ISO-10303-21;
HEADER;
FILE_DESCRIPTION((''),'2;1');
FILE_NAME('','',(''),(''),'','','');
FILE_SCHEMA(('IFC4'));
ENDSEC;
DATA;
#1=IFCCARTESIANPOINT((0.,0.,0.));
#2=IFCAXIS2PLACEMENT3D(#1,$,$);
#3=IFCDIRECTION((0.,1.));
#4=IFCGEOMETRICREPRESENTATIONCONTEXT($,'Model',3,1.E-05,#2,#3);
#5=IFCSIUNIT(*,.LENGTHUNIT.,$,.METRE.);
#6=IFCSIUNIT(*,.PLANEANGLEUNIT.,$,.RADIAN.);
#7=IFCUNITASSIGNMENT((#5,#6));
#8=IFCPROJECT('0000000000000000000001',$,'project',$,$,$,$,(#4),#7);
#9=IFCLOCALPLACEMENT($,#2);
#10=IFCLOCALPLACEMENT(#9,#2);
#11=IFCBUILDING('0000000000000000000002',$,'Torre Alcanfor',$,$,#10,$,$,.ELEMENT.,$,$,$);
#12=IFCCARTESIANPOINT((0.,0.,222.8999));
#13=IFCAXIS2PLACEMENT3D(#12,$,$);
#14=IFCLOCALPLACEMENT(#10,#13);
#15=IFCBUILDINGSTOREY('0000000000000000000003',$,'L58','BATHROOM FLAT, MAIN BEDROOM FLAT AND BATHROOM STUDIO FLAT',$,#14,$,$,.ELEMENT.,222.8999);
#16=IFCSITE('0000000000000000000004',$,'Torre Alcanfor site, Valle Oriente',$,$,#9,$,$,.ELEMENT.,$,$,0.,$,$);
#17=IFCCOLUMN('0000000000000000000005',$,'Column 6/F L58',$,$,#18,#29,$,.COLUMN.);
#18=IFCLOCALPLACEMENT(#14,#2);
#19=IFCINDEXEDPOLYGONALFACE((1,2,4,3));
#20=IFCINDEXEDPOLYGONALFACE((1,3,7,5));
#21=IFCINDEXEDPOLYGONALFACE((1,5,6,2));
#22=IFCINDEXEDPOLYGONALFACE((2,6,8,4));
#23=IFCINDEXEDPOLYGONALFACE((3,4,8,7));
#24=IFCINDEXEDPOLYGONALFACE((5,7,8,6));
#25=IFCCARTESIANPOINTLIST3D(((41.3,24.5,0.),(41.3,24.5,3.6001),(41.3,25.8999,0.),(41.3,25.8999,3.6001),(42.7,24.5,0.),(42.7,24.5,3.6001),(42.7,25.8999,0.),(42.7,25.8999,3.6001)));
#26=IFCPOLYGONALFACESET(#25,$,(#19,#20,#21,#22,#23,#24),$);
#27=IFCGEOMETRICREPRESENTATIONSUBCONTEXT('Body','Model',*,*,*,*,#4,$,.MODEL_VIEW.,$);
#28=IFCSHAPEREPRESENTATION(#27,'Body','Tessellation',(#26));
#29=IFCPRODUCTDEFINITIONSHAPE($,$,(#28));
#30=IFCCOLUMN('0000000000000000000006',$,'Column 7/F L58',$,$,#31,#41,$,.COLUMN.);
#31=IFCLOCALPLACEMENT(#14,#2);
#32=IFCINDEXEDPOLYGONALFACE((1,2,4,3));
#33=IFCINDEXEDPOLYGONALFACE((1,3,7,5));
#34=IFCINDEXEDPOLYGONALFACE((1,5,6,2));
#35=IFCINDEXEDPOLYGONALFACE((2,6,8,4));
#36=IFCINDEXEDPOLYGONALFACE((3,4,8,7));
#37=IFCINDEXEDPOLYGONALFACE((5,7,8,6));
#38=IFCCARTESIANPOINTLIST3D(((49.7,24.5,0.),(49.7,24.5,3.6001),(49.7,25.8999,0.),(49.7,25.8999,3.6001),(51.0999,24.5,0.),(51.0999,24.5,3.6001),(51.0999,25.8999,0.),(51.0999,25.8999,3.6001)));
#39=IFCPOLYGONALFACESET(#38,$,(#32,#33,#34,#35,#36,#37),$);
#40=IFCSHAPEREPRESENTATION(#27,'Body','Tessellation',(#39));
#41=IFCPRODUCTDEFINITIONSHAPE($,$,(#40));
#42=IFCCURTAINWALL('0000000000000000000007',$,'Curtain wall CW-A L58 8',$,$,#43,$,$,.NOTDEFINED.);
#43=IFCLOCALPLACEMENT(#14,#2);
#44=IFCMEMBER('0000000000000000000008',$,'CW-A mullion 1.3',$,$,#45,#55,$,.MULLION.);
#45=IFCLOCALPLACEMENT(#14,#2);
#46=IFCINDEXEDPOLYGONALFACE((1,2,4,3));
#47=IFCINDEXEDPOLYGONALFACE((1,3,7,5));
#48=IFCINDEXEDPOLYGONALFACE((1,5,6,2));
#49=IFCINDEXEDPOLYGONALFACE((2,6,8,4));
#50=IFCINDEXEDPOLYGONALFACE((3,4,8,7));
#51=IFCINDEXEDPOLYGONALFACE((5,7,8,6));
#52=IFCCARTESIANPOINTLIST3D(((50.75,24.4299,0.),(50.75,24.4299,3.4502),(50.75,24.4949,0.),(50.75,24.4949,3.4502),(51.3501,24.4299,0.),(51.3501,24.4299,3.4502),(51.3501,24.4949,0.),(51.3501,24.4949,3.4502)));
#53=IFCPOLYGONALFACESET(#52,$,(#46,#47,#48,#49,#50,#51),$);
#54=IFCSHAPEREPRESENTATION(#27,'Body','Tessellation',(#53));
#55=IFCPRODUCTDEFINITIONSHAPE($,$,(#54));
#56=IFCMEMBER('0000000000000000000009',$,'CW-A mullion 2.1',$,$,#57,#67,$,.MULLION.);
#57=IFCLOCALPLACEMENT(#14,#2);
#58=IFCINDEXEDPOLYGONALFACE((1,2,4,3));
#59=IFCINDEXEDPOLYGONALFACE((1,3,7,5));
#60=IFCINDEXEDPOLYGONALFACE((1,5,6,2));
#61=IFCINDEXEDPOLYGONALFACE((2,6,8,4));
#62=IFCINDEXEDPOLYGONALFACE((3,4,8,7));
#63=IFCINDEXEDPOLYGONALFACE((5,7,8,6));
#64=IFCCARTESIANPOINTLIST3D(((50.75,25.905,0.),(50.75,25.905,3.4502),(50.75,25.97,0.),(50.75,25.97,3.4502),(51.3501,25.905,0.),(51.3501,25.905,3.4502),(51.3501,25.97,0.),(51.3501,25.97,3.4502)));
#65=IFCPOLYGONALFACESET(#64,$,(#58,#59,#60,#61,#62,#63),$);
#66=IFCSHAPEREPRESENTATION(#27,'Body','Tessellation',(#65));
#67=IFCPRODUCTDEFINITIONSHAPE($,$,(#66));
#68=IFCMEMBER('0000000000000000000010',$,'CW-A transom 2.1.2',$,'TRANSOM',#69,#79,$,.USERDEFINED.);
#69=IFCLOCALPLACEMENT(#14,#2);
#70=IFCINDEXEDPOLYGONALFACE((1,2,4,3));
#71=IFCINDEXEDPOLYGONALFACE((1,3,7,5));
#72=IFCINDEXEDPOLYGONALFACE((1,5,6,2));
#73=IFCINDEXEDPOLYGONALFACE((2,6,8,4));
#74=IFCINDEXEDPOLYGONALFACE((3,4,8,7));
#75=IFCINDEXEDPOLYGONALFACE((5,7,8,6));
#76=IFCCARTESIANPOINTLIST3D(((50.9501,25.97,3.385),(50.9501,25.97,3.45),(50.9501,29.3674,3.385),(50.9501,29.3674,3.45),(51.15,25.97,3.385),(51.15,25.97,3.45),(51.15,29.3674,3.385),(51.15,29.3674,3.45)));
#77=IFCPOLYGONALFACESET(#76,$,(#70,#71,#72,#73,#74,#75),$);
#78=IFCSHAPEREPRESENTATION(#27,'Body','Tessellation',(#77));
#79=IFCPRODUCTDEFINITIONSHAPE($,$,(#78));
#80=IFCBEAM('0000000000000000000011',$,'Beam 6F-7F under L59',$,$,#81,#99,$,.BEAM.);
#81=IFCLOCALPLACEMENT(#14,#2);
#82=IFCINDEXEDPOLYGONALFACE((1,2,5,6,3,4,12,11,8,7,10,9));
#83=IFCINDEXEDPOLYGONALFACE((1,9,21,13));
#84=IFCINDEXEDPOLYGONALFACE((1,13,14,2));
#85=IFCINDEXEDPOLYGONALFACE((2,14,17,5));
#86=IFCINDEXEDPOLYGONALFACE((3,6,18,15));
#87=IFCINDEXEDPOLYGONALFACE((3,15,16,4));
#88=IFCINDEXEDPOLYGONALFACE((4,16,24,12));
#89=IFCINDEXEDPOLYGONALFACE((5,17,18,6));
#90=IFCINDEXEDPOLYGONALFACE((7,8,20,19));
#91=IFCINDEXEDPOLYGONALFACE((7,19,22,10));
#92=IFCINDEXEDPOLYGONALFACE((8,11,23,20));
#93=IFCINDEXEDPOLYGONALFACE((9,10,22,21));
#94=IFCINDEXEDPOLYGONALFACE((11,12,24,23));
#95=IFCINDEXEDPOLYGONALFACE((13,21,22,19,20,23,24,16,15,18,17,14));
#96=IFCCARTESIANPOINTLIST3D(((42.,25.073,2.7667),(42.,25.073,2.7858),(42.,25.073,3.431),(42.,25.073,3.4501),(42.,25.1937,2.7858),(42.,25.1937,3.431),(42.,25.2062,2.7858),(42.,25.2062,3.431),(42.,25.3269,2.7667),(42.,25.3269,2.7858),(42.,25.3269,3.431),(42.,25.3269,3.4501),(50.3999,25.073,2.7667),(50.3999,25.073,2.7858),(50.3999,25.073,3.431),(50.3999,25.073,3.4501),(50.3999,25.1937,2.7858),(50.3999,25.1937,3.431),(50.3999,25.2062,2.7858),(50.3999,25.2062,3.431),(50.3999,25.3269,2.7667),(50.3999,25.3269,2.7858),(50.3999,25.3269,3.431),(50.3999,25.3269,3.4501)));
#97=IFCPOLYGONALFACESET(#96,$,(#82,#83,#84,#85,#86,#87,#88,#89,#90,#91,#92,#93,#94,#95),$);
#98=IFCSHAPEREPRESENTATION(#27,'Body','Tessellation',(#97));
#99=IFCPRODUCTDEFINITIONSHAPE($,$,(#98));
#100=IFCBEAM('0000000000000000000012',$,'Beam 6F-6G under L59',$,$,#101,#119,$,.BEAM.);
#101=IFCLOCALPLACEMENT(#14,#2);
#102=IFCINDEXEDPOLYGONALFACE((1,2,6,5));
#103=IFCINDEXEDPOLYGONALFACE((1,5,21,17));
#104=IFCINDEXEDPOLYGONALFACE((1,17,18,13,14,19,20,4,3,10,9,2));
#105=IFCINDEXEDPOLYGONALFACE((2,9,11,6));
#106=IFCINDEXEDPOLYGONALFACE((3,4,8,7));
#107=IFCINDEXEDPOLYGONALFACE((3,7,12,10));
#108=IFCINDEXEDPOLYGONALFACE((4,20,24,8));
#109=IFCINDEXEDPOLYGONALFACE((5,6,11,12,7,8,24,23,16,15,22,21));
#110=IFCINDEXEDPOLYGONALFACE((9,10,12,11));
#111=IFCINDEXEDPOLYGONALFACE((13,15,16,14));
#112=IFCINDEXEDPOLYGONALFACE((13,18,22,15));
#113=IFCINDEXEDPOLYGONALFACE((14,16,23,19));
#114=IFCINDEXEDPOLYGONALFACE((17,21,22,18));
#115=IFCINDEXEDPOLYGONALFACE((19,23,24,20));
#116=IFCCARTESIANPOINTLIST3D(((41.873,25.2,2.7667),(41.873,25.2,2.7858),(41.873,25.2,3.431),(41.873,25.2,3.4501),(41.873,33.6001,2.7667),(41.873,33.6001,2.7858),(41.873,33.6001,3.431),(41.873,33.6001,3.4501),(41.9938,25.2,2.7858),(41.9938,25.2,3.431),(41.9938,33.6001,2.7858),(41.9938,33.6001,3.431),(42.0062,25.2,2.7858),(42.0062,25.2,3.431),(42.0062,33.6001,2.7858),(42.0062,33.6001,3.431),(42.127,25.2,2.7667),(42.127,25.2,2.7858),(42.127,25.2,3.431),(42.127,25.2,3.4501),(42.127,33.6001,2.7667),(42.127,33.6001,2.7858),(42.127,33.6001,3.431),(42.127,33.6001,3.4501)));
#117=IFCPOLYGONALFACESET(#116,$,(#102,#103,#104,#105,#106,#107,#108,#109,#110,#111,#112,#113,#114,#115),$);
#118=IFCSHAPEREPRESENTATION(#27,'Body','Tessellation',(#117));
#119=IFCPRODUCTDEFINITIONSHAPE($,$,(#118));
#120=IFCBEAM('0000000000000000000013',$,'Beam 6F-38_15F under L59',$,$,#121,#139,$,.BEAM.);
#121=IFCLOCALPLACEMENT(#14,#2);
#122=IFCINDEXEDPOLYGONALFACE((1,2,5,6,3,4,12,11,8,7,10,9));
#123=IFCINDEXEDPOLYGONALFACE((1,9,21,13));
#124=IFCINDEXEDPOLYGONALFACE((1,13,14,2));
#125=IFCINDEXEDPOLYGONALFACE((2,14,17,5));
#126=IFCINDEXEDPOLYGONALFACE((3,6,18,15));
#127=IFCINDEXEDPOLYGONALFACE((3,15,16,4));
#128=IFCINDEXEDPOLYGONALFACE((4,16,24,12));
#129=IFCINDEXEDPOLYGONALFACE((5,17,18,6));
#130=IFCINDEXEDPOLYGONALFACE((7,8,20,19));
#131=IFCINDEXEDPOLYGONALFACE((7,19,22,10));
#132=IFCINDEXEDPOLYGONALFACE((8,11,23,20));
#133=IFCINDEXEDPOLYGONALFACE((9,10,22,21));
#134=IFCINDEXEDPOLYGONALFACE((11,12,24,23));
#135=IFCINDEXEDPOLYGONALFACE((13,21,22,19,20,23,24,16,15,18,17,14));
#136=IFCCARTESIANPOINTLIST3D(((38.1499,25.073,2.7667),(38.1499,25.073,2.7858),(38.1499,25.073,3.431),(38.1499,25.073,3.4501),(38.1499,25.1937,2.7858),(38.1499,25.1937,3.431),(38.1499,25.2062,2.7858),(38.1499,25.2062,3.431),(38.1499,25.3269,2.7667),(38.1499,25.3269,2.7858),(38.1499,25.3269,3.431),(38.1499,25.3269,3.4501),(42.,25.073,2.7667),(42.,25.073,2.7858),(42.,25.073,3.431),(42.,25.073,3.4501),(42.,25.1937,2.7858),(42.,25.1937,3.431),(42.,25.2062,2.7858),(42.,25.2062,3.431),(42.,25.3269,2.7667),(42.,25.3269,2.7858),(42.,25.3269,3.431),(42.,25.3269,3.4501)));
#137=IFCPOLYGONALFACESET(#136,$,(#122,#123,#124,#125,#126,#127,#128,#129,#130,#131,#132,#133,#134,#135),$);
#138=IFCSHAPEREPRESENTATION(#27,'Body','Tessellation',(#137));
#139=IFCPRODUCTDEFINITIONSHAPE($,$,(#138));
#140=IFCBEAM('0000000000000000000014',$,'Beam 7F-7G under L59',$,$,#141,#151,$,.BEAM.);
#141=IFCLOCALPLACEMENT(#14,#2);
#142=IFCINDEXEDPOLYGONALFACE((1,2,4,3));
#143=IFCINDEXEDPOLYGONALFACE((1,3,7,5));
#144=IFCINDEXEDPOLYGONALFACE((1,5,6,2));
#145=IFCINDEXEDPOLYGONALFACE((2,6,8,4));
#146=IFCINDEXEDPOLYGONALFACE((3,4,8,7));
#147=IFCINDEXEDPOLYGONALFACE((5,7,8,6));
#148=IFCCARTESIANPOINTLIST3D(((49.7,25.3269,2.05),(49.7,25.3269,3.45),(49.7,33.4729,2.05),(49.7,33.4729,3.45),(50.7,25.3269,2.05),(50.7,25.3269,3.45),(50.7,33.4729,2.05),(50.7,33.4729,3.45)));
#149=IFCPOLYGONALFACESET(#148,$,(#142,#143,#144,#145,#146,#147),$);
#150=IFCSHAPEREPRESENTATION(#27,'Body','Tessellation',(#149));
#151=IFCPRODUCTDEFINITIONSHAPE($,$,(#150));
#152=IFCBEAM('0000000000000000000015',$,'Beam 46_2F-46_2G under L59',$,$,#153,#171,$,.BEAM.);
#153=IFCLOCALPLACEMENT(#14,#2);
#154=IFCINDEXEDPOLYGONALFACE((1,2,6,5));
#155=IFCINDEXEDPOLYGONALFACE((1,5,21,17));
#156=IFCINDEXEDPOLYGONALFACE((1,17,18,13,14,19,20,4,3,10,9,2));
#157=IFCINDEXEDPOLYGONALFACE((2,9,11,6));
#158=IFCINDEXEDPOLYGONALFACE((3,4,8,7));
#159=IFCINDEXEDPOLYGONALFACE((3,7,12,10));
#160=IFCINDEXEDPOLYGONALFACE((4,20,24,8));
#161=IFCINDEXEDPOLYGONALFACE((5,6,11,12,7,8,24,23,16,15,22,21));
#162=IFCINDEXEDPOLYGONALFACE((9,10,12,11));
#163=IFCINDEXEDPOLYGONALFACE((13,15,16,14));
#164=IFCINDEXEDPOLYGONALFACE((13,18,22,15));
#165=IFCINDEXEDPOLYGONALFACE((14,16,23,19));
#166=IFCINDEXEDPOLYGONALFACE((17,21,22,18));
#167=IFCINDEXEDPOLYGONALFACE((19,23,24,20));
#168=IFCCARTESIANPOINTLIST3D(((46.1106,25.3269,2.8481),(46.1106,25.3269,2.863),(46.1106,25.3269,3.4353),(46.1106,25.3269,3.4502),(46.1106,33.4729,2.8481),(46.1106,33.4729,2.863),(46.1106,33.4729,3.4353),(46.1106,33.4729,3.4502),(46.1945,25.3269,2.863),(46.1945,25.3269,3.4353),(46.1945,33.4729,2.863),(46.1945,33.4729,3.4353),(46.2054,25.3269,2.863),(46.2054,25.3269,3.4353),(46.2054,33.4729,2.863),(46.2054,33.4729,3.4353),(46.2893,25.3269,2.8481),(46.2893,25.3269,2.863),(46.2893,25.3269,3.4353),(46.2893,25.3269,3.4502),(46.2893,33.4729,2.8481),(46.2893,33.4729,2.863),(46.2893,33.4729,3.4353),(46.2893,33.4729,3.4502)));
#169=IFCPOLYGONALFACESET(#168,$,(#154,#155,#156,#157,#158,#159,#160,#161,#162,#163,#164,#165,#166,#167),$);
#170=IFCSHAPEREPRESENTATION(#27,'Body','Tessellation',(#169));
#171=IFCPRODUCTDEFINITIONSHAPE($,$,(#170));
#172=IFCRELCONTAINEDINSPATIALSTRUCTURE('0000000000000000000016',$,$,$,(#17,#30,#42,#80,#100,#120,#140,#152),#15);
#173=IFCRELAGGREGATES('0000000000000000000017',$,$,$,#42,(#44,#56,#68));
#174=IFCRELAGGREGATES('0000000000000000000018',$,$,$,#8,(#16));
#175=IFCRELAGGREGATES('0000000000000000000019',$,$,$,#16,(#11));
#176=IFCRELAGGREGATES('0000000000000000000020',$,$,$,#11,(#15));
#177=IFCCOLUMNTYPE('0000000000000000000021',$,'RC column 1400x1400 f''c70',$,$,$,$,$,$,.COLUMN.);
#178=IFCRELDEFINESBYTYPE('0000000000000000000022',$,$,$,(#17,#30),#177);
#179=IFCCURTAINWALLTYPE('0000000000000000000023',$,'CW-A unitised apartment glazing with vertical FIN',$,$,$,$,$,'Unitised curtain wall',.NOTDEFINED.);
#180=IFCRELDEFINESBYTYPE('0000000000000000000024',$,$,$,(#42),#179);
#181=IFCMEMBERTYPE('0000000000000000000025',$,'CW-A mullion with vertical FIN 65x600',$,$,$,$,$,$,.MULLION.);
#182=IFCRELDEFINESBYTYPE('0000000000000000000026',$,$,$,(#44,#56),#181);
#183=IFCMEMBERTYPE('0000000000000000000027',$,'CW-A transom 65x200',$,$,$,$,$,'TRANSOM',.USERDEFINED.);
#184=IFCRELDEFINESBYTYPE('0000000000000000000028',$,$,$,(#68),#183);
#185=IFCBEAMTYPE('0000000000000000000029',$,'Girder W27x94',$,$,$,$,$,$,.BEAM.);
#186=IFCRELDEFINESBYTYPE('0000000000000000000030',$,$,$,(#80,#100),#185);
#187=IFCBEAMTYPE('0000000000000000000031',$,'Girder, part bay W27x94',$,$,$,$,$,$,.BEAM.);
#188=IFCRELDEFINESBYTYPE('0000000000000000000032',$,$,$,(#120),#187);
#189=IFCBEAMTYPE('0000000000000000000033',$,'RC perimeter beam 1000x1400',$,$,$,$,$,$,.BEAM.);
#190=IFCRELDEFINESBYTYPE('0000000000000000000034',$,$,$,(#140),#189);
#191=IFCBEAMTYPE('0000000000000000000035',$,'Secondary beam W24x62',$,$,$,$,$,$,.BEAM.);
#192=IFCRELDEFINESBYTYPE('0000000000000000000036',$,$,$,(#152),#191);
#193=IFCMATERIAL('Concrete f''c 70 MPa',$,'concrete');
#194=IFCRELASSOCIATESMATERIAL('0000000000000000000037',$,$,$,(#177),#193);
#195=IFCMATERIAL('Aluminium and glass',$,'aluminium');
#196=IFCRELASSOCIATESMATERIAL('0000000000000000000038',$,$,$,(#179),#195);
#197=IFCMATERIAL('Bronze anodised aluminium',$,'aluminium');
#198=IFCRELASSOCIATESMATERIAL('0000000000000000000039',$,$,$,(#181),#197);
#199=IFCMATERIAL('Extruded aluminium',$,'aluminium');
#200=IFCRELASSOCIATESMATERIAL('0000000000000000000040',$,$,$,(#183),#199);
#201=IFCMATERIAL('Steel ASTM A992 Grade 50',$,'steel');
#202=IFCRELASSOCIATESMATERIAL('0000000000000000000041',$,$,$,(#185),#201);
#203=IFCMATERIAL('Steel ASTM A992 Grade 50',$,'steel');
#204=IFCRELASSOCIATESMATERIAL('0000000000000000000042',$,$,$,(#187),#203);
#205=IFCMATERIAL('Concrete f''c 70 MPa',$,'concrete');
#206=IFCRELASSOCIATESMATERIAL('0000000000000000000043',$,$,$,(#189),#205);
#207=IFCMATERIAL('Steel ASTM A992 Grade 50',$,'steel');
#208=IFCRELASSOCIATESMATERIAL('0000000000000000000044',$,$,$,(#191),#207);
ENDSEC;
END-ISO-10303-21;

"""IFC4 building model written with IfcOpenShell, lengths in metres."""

from ifc_helpers import new_model, si_unit, direction, frame, origin, origin_2d, place, context, subcontext, project, spatial, rectangle, i_section, extrude, material, material_profile, profile_set, type_object, element, aggregate, save


model = new_model("IFC4")

# Units and contexts
model_context = context("Model", 3, precision=1e-05, world=origin(), true_north=direction((0.0, 1.0)))
body_context = subcontext(model_context, "Body", "Model", "MODEL_VIEW")
ifc_project = project(units=[si_unit("LENGTHUNIT", "METRE"), si_unit("PLANEANGLEUNIT", "RADIAN")], contexts=[model_context])

# Site, building, storey
site_placement = place(None, origin())
site = spatial("IfcSite", under=ifc_project, at=site_placement, Name="Torre Alcanfor site, Valle Oriente", CompositionType="ELEMENT", RefElevation=0.0)
building_placement = place(site_placement, origin())
building = spatial("IfcBuilding", under=site, at=building_placement, Name="Torre Alcanfor", CompositionType="ELEMENT")
storey_placement = place(building_placement, frame((0.0, 0.0, 222.8999)))
storey = spatial("IfcBuildingStorey", under=building, at=storey_placement, Name="L58", Description="BATHROOM FLAT, MAIN BEDROOM FLAT AND BATHROOM STUDIO FLAT", CompositionType="ELEMENT", Elevation=222.8999)

# Columns
ifc_material_1 = material(Name="Concrete f'c 70 MPa", Category="concrete")
ifc_material_profile_1 = material_profile(ifc_material_1, rectangle(XDim=1.3999, YDim=1.3999, at=origin_2d()), Name="1400x1400")
ifc_profile_set_1 = profile_set([ifc_material_profile_1], Name="Concrete f'c 70 MPa")
column_type = type_object("IfcColumnType", Name="RC column 1400x1400 f'c70", PredefinedType="COLUMN", material=ifc_profile_set_1)
for number, where, z_axis, x_axis, name in (
    (1, (42.0, 25.2, 0.0), (0.0, 0.0, 1.0), (1.0, 0.0, 0.0), "Column 6/F L58"),
    (2, (50.3999, 25.2, 0.0), (0.0, 0.0, 1.0), (1.0, 0.0, 0.0), "Column 7/F L58"),
):
    element("IfcColumn", number, at=place(storey_placement, frame(where, z_axis=z_axis, x_axis=x_axis)), inside=storey, type_object=column_type, Name=name, PredefinedType="COLUMN", context=body_context, shape_type="SweptSolid", body=[
        extrude(rectangle(XDim=1.3999, YDim=1.3999, at=origin_2d()), origin(), (0.0, 0.0, 1.0), 3.6001),
    ])

# Curtain wall, members
ifc_material_2 = material(Name="Aluminium and glass", Category="aluminium")
curtain_wall_type = type_object("IfcCurtainWallType", Name="CW-A unitised apartment glazing with vertical FIN", ElementType="Unitised curtain wall", PredefinedType="NOTDEFINED", material=ifc_material_2)
curtain_wall_placement = place(storey_placement, origin())
curtain_wall = element("IfcCurtainWall", 3, at=curtain_wall_placement, inside=storey, type_object=curtain_wall_type, Name="Curtain wall CW-A L58 8", PredefinedType="NOTDEFINED")
ifc_material_3 = material(Name="Bronze anodised aluminium", Category="aluminium")
ifc_material_profile_2 = material_profile(ifc_material_3, rectangle(XDim=0.6001, YDim=0.0649, at=origin_2d()), Name="CW-A mullion 65x600")
ifc_profile_set_2 = profile_set([ifc_material_profile_2], Name="Bronze anodised aluminium")
member_type_1 = type_object("IfcMemberType", Name="CW-A mullion with vertical FIN 65x600", PredefinedType="MULLION", material=ifc_profile_set_2)
member_1_placement = place(storey_placement, frame((51.05, 24.4624, 0.0), z_axis=(0.0, 0.0, 1.0), x_axis=(-1.0, 0.0, 0.0)))
member_1 = element("IfcMember", 4, at=member_1_placement, type_object=member_type_1, Name="CW-A mullion 1.3", PredefinedType="MULLION", context=body_context, shape_type="SweptSolid", body=[
    extrude(rectangle(XDim=0.6001, YDim=0.0649, at=origin_2d()), origin(), (0.0, 0.0, 1.0), 3.4502),
])
member_2_placement = place(storey_placement, frame((51.05, 25.9375, 0.0), z_axis=(0.0, 0.0, 1.0), x_axis=(-1.0, 0.0, 0.0)))
member_2 = element("IfcMember", 5, at=member_2_placement, type_object=member_type_1, Name="CW-A mullion 2.1", PredefinedType="MULLION", context=body_context, shape_type="SweptSolid", body=[
    extrude(rectangle(XDim=0.6001, YDim=0.0649, at=origin_2d()), origin(), (0.0, 0.0, 1.0), 3.4502),
])
ifc_material_4 = material(Name="Extruded aluminium", Category="aluminium")
ifc_material_profile_3 = material_profile(ifc_material_4, rectangle(XDim=0.2, YDim=0.0649, at=origin_2d()), Name="CW-A transom 200x65")
ifc_profile_set_3 = profile_set([ifc_material_profile_3], Name="Extruded aluminium")
member_type_2 = type_object("IfcMemberType", Name="CW-A transom 65x200", ElementType="TRANSOM", PredefinedType="USERDEFINED", material=ifc_profile_set_3)
member_3_placement = place(storey_placement, frame((51.05, 25.97, 3.4175), z_axis=(0.0, 1.0, 0.0), x_axis=(-1.0, 0.0, 0.0)))
member_3 = element("IfcMember", 6, at=member_3_placement, type_object=member_type_2, Name="CW-A transom 2.1.2", ObjectType="TRANSOM", PredefinedType="USERDEFINED", context=body_context, shape_type="SweptSolid", body=[
    extrude(rectangle(XDim=0.2, YDim=0.0649, at=origin_2d()), origin(), (0.0, 0.0, 1.0), 3.3975),
])

# Beams
ifc_material_5 = material(Name="Steel ASTM A992 Grade 50", Category="steel")
ifc_material_profile_4 = material_profile(ifc_material_5, i_section(OverallWidth=0.2539, OverallDepth=0.6833, WebThickness=0.0125, FlangeThickness=0.019, at=origin_2d()), Name="W27x94")
ifc_profile_set_4 = profile_set([ifc_material_profile_4], Name="Steel ASTM A992 Grade 50")
beam_type_1 = type_object("IfcBeamType", Name="Girder W27x94", PredefinedType="BEAM", material=ifc_profile_set_4)
beam_1_placement = place(storey_placement, frame((42.0, 25.2, 3.1084), z_axis=(1.0, 0.0, 0.0), x_axis=(0.0, 1.0, 0.0)))
element("IfcBeam", 7, at=beam_1_placement, inside=storey, type_object=beam_type_1, Name="Beam 6F-7F under L59", PredefinedType="BEAM", context=body_context, shape_type="SweptSolid", body=[
    extrude(i_section(OverallWidth=0.2539, OverallDepth=0.6833, WebThickness=0.0125, FlangeThickness=0.019, at=origin_2d()), origin(), (0.0, 0.0, 1.0), 8.3999),
])
beam_2_placement = place(storey_placement, frame((42.0, 25.2, 3.1084), z_axis=(0.0, 1.0, 0.0), x_axis=(-1.0, 0.0, 0.0)))
element("IfcBeam", 8, at=beam_2_placement, inside=storey, type_object=beam_type_1, Name="Beam 6F-6G under L59", PredefinedType="BEAM", context=body_context, shape_type="SweptSolid", body=[
    extrude(i_section(OverallWidth=0.2539, OverallDepth=0.6833, WebThickness=0.0125, FlangeThickness=0.019, at=origin_2d()), origin(), (0.0, 0.0, 1.0), 8.4001),
])
ifc_material_6 = material(Name="Steel ASTM A992 Grade 50", Category="steel")
ifc_material_profile_5 = material_profile(ifc_material_6, i_section(OverallWidth=0.2539, OverallDepth=0.6833, WebThickness=0.0125, FlangeThickness=0.019, at=origin_2d()), Name="W27x94")
ifc_profile_set_5 = profile_set([ifc_material_profile_5], Name="Steel ASTM A992 Grade 50")
beam_type_2 = type_object("IfcBeamType", Name="Girder, part bay W27x94", PredefinedType="BEAM", material=ifc_profile_set_5)
beam_3_placement = place(storey_placement, frame((42.0, 25.2, 3.1084), z_axis=(-1.0, 0.0, 0.0), x_axis=(0.0, -1.0, 0.0)))
element("IfcBeam", 9, at=beam_3_placement, inside=storey, type_object=beam_type_2, Name="Beam 6F-38_15F under L59", PredefinedType="BEAM", context=body_context, shape_type="SweptSolid", body=[
    extrude(i_section(OverallWidth=0.2539, OverallDepth=0.6833, WebThickness=0.0125, FlangeThickness=0.019, at=origin_2d()), origin(), (0.0, 0.0, 1.0), 3.8501),
])
ifc_material_7 = material(Name="Concrete f'c 70 MPa", Category="concrete")
ifc_material_profile_6 = material_profile(ifc_material_7, rectangle(XDim=1.0, YDim=1.3999, at=origin_2d()), Name="1000x1400")
ifc_profile_set_6 = profile_set([ifc_material_profile_6], Name="Concrete f'c 70 MPa")
beam_type_3 = type_object("IfcBeamType", Name="RC perimeter beam 1000x1400", PredefinedType="BEAM", material=ifc_profile_set_6)
beam_4_placement = place(storey_placement, frame((50.2, 25.3269, 2.75), z_axis=(0.0, 1.0, 0.0), x_axis=(-1.0, 0.0, 0.0)))
element("IfcBeam", 10, at=beam_4_placement, inside=storey, type_object=beam_type_3, Name="Beam 7F-7G under L59", PredefinedType="BEAM", context=body_context, shape_type="SweptSolid", body=[
    extrude(rectangle(XDim=1.0, YDim=1.3999, at=origin_2d()), origin(), (0.0, 0.0, 1.0), 8.146),
])
ifc_material_8 = material(Name="Steel ASTM A992 Grade 50", Category="steel")
ifc_material_profile_7 = material_profile(ifc_material_8, i_section(OverallWidth=0.1787, OverallDepth=0.6021, WebThickness=0.011, FlangeThickness=0.0149, at=origin_2d()), Name="W24x62")
ifc_profile_set_7 = profile_set([ifc_material_profile_7], Name="Steel ASTM A992 Grade 50")
beam_type_4 = type_object("IfcBeamType", Name="Secondary beam W24x62", PredefinedType="BEAM", material=ifc_profile_set_7)
beam_5_placement = place(storey_placement, frame((46.2, 25.3269, 3.1492), z_axis=(0.0, 1.0, 0.0), x_axis=(-1.0, 0.0, 0.0)))
element("IfcBeam", 11, at=beam_5_placement, inside=storey, type_object=beam_type_4, Name="Beam 46_2F-46_2G under L59", PredefinedType="BEAM", context=body_context, shape_type="SweptSolid", body=[
    extrude(i_section(OverallWidth=0.1787, OverallDepth=0.6021, WebThickness=0.011, FlangeThickness=0.0149, at=origin_2d()), origin(), (0.0, 0.0, 1.0), 8.146),
])

aggregate(curtain_wall, [member_1, member_2, member_3])

save(model, "model.ifc")
